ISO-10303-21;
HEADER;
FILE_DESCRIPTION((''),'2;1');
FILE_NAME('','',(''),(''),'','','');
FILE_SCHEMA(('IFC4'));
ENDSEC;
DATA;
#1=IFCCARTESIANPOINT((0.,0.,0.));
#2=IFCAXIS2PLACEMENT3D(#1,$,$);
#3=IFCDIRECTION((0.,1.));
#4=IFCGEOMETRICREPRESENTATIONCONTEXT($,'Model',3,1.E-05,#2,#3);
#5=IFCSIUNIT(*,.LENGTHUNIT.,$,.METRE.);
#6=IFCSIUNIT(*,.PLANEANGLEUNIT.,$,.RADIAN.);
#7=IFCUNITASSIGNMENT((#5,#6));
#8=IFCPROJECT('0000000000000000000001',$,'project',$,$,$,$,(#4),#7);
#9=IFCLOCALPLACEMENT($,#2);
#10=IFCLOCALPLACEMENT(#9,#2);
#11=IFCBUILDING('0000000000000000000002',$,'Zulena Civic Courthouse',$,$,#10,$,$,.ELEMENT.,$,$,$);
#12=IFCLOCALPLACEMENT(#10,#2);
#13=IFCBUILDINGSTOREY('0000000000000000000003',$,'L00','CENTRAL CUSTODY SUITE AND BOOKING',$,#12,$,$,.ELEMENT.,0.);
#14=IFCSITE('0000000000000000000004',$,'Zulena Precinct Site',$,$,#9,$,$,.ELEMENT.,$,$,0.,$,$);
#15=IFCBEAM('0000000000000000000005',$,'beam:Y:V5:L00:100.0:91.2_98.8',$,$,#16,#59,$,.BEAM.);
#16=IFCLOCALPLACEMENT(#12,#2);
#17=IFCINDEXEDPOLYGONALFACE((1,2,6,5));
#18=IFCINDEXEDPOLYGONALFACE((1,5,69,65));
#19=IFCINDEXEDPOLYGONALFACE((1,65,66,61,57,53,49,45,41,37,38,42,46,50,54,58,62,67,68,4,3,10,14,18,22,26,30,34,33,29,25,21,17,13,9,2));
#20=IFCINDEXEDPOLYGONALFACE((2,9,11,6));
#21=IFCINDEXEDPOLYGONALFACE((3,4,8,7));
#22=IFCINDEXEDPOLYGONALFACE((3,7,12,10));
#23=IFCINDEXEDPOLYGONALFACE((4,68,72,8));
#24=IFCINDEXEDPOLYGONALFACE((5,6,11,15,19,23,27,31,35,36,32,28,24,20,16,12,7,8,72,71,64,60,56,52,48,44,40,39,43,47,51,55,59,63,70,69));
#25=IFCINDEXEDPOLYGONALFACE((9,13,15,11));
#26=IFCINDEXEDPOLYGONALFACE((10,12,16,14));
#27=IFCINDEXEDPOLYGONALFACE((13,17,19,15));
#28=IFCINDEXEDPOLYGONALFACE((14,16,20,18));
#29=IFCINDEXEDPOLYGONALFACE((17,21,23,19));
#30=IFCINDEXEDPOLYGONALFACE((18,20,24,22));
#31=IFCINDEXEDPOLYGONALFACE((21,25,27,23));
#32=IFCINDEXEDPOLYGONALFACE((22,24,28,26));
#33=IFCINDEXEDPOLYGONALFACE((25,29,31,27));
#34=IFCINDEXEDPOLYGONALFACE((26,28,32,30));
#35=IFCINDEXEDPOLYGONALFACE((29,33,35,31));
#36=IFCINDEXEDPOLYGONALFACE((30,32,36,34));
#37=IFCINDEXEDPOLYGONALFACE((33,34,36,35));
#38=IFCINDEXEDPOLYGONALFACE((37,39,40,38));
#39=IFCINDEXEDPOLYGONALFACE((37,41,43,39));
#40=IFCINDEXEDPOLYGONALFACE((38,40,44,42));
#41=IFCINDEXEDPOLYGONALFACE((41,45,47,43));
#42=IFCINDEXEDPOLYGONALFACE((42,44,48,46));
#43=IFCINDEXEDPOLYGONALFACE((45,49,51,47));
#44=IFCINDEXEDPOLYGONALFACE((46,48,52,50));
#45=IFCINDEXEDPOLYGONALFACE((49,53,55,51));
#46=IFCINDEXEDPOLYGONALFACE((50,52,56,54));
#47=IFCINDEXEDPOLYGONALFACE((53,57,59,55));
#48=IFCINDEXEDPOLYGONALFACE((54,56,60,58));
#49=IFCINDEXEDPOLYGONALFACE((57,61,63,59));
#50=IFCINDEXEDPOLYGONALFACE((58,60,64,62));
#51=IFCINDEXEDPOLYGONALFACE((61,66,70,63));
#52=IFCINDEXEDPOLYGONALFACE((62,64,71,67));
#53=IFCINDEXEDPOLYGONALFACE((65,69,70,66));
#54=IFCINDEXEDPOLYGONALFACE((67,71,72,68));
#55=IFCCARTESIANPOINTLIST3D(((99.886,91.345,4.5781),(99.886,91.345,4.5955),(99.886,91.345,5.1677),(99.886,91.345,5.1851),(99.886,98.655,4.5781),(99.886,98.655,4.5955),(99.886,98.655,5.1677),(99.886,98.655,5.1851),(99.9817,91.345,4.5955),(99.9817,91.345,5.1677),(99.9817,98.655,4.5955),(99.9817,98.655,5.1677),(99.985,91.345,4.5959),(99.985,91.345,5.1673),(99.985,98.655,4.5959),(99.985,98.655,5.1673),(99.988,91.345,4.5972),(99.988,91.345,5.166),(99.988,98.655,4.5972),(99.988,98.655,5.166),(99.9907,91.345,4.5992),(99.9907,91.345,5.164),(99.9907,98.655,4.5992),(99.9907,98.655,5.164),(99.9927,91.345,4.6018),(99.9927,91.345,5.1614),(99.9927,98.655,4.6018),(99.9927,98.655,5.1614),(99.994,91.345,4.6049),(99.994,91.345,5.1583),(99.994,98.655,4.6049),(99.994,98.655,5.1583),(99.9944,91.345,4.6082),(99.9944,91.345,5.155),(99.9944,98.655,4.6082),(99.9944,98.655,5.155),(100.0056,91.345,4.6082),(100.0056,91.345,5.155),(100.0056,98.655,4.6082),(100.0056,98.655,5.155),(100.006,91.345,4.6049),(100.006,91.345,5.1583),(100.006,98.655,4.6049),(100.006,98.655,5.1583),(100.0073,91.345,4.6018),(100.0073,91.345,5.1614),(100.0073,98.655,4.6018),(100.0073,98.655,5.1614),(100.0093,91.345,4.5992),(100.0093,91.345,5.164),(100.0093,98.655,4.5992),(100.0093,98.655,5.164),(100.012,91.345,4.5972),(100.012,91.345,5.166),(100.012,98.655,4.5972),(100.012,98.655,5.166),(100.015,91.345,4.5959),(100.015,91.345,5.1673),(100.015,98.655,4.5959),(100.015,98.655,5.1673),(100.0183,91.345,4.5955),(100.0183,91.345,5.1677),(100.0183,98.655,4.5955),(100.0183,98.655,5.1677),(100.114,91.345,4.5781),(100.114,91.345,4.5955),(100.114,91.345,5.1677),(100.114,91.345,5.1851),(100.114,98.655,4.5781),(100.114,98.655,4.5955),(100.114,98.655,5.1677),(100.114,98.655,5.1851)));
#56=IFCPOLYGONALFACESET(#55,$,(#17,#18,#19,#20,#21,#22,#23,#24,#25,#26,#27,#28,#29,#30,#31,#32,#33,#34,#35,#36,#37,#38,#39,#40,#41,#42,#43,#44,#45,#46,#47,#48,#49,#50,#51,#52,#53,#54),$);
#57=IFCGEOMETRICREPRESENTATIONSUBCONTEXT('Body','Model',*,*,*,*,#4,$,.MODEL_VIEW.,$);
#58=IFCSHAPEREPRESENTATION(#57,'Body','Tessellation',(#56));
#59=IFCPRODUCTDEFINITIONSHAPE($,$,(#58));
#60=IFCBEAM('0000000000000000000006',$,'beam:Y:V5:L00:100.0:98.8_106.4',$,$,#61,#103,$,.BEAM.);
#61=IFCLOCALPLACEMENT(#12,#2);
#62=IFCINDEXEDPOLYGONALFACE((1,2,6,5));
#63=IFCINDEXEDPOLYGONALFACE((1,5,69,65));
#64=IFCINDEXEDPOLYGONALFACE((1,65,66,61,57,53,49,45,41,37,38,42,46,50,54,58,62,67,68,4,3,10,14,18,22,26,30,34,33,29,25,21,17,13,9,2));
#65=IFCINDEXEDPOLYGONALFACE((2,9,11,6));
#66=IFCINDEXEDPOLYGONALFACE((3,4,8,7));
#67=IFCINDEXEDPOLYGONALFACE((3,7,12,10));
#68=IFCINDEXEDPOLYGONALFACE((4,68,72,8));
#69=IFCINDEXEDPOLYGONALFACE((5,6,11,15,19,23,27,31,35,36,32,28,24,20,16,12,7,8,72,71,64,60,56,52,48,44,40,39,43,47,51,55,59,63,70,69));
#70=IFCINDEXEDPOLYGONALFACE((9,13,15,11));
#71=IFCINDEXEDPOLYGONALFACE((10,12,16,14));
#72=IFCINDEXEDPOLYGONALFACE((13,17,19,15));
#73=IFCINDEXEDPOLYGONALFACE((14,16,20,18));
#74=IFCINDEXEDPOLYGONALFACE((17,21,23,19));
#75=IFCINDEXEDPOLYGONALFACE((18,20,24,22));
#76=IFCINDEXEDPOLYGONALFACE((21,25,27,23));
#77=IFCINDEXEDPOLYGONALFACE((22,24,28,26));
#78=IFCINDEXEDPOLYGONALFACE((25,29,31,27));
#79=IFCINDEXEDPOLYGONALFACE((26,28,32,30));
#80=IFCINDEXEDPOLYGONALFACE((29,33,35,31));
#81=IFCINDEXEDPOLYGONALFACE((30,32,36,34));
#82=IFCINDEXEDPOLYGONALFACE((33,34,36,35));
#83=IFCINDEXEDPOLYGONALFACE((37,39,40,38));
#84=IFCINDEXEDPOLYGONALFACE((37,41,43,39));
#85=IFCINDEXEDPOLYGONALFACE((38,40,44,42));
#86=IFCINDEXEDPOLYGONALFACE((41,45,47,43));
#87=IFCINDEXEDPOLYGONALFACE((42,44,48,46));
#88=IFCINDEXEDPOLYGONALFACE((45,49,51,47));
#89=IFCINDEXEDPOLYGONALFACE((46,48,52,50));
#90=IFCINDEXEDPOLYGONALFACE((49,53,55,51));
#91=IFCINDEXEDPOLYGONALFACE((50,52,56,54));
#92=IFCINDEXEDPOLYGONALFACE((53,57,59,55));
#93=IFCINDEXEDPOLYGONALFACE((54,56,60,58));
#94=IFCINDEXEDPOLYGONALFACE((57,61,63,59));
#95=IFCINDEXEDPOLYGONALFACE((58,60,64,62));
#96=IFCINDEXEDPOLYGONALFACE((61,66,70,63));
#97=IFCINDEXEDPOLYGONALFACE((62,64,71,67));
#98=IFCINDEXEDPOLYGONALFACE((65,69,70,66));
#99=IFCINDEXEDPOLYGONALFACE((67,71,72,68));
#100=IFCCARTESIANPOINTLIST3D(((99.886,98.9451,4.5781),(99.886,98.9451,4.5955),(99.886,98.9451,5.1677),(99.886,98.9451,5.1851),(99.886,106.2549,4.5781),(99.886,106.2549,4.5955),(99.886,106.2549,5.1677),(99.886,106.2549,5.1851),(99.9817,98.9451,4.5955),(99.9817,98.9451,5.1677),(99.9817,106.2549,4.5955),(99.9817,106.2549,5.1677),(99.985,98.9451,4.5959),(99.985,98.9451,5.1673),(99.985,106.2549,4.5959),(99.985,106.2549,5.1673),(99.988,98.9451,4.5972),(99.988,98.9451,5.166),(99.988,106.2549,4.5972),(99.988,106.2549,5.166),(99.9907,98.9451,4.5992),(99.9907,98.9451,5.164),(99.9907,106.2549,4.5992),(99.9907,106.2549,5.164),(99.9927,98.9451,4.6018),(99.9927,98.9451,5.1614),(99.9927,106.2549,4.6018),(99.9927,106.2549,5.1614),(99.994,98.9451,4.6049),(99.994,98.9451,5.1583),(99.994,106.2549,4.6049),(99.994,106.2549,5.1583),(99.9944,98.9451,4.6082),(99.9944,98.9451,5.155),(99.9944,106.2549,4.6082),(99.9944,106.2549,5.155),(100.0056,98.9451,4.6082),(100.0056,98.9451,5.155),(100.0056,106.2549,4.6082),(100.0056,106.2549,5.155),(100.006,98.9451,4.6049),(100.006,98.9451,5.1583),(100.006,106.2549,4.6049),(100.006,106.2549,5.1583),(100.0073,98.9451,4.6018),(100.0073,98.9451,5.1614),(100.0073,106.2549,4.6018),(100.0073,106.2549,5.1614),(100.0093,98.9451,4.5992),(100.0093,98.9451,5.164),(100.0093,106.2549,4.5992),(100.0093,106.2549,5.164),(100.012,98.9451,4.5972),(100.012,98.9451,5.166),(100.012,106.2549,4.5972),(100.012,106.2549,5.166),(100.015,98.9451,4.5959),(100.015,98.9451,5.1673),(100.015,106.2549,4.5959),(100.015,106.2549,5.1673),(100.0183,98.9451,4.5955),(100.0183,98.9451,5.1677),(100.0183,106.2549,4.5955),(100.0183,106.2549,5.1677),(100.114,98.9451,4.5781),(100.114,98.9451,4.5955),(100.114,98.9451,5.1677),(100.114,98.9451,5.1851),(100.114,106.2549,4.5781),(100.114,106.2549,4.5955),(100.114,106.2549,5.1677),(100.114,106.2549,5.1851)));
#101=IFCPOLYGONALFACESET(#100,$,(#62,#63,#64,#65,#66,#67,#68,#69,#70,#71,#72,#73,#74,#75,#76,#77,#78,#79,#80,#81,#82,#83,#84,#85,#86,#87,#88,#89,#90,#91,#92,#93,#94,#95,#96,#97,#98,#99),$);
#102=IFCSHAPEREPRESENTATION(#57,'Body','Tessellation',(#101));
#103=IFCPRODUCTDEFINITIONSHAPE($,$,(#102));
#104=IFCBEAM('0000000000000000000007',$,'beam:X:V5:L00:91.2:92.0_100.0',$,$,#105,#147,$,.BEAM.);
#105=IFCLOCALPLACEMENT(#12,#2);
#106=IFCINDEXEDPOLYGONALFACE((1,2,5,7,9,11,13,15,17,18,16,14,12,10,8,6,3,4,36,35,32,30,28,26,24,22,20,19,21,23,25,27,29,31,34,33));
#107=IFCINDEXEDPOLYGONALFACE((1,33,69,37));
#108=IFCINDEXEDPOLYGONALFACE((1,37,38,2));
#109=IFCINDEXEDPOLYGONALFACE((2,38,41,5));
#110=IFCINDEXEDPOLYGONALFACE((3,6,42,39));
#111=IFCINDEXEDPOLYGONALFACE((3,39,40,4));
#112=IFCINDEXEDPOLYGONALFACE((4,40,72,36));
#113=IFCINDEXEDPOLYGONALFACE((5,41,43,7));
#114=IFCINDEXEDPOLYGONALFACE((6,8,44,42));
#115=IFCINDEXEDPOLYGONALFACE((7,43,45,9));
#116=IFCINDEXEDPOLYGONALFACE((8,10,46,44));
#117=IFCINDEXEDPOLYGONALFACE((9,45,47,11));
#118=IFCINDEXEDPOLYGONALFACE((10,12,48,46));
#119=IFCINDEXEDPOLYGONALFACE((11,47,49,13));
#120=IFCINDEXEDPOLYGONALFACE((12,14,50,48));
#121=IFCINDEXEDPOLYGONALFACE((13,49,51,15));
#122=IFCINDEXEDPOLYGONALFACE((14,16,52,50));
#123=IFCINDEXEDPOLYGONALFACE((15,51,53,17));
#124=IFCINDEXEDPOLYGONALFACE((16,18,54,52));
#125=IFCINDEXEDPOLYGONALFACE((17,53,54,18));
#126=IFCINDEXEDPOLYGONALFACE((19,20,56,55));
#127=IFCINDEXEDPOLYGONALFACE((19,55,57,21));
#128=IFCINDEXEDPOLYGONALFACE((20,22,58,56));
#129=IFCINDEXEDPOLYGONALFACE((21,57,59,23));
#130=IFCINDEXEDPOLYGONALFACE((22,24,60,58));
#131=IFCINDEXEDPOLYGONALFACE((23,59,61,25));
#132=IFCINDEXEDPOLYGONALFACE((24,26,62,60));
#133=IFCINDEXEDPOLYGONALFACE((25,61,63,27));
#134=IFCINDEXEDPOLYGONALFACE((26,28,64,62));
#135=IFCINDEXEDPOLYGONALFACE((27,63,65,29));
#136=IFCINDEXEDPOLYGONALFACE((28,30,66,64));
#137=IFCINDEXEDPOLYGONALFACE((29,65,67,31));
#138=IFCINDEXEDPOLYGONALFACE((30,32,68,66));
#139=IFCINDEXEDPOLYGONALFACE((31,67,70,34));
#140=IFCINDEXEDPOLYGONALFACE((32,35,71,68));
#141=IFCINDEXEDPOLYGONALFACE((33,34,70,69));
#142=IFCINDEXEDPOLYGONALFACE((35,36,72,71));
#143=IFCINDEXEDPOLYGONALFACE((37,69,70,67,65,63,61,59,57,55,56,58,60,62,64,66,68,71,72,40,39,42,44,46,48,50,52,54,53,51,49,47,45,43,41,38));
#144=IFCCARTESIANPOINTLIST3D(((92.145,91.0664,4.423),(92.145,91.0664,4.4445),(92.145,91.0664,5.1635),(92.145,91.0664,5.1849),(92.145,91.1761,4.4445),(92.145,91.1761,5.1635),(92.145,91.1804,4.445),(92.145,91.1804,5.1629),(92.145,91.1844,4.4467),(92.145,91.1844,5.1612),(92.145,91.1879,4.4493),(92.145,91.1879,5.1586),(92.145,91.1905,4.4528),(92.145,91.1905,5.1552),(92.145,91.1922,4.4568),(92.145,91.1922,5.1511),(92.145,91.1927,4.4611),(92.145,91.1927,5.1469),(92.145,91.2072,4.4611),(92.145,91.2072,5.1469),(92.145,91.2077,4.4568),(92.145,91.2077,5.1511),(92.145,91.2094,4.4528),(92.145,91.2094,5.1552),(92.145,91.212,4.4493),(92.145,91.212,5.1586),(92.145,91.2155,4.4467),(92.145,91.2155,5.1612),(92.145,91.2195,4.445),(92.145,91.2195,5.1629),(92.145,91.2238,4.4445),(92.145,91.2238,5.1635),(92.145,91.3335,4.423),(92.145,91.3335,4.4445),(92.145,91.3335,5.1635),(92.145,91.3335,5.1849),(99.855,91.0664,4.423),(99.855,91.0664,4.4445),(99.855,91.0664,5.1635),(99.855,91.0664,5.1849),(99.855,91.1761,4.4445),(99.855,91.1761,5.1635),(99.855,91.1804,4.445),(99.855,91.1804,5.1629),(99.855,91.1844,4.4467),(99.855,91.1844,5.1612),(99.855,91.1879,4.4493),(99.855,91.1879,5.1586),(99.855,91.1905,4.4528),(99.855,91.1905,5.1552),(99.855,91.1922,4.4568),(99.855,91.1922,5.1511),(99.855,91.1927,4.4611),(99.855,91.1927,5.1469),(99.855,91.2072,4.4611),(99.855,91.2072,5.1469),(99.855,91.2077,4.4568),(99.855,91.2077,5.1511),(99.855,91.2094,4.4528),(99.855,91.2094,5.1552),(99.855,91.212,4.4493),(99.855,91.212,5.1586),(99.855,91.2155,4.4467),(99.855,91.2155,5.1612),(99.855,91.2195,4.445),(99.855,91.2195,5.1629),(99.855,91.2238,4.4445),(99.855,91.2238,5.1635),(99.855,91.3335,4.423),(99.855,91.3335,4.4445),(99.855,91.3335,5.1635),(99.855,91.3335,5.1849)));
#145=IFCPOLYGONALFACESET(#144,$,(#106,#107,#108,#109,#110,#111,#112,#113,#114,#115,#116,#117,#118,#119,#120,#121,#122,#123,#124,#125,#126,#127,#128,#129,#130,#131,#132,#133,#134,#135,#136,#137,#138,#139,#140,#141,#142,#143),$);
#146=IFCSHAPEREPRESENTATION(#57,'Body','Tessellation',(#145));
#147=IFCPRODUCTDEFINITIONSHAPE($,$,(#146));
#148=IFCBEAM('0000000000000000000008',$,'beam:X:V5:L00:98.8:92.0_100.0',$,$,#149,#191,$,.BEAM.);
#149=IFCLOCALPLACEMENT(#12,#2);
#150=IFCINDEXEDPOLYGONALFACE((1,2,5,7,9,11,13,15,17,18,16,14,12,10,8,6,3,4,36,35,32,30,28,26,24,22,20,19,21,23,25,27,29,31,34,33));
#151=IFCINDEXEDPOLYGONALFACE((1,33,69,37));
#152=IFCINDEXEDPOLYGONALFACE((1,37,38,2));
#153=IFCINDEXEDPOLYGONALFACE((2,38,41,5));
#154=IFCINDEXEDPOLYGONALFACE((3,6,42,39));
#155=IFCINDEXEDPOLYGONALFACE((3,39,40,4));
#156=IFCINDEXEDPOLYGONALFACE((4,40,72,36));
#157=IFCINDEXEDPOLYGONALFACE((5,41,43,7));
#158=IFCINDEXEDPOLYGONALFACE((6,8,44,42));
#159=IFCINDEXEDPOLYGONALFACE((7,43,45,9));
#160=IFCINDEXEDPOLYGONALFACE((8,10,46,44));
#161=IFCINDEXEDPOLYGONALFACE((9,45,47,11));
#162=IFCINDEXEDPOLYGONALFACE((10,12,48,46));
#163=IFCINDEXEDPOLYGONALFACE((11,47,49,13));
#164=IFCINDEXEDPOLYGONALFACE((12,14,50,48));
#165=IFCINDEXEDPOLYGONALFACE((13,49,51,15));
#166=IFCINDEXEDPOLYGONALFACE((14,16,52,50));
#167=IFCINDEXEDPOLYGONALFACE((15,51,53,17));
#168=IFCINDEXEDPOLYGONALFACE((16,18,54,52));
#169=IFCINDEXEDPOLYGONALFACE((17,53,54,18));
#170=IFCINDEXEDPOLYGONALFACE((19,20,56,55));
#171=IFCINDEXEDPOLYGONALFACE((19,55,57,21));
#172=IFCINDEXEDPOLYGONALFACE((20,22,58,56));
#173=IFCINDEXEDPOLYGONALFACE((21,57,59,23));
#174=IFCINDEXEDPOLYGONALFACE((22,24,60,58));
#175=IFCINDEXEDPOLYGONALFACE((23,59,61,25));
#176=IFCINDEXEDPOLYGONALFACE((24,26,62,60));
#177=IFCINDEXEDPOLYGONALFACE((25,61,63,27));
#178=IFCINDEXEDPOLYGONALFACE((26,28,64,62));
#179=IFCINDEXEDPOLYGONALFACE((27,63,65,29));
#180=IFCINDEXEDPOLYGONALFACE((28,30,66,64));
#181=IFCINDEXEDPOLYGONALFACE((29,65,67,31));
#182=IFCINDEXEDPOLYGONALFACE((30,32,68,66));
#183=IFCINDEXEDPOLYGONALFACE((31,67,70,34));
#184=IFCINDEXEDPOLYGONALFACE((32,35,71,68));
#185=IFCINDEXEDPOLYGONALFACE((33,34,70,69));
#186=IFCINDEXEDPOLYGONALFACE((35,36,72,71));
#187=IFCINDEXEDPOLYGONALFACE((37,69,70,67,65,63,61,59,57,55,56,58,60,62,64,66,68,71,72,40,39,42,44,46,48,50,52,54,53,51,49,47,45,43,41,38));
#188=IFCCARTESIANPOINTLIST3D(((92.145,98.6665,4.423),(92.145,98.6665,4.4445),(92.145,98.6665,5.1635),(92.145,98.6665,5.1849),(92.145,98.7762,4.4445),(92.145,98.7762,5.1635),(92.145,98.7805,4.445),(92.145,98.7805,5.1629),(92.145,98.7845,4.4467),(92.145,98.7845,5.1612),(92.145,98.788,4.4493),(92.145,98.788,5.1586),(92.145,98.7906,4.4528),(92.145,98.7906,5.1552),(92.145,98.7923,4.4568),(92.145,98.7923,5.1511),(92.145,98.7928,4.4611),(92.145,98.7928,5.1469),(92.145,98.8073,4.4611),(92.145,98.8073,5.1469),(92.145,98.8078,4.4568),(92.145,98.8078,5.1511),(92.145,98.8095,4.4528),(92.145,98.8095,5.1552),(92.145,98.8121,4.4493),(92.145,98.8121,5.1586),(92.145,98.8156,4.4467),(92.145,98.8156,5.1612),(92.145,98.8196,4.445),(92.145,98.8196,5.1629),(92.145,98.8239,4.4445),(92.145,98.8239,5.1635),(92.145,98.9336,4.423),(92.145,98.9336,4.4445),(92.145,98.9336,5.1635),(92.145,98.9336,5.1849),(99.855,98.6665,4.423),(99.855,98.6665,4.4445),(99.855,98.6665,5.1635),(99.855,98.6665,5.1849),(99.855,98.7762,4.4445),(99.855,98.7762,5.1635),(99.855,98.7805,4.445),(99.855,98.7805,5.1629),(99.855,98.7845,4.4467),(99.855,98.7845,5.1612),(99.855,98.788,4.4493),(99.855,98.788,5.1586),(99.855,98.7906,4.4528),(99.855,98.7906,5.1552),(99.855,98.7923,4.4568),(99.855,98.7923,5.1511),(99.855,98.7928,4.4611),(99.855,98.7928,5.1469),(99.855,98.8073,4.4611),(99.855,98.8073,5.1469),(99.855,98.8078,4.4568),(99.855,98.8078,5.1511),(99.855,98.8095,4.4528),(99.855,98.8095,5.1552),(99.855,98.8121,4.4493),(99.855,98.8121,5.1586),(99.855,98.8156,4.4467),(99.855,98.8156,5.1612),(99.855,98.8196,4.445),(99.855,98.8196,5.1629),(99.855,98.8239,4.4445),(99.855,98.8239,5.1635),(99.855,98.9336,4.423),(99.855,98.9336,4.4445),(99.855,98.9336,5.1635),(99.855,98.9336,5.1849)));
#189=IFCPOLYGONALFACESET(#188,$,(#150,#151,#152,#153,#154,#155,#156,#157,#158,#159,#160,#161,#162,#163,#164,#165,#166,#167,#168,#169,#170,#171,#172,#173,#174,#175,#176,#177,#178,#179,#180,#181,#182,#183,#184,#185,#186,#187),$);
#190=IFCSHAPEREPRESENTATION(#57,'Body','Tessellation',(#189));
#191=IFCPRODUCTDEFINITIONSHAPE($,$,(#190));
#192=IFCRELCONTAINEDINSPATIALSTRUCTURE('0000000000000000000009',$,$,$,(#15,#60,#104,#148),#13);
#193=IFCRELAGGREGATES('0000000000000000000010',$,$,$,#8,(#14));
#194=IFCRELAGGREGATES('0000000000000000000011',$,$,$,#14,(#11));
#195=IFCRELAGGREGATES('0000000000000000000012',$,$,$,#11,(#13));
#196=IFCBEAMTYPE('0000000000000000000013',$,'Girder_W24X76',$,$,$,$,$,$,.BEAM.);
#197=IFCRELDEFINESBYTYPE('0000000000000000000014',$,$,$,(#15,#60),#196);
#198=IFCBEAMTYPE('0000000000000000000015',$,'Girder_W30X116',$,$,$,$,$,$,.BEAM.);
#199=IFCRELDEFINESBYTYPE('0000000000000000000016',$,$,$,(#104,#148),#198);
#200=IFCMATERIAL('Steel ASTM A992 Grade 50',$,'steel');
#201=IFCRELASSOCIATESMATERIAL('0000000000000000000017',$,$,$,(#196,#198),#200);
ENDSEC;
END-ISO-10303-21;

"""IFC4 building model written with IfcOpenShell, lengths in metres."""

from ifc_helpers import new_model, si_unit, direction, frame, origin, origin_2d, place, context, subcontext, project, spatial, i_section, extrude, material, material_profile, profile_set, type_object, element, save


model = new_model("IFC4")

# Units and contexts
model_context = context("Model", 3, precision=1e-05, world=origin(), true_north=direction((0.0, 1.0)))
body_context = subcontext(model_context, "Body", "Model", "MODEL_VIEW")
ifc_project = project(units=[si_unit("LENGTHUNIT", "METRE"), si_unit("PLANEANGLEUNIT", "RADIAN")], contexts=[model_context])

# Site, building, storey
site_placement = place(None, origin())
site = spatial("IfcSite", under=ifc_project, at=site_placement, Name="Zulena Precinct Site", CompositionType="ELEMENT", RefElevation=0.0)
building_placement = place(site_placement, origin())
building = spatial("IfcBuilding", under=site, at=building_placement, Name="Zulena Civic Courthouse", CompositionType="ELEMENT")
storey_placement = place(building_placement, origin())
storey = spatial("IfcBuildingStorey", under=building, at=storey_placement, Name="L00", Description="CENTRAL CUSTODY SUITE AND BOOKING", CompositionType="ELEMENT", Elevation=0.0)

# Shared definitions
ifc_material_1 = material(Name="Steel ASTM A992 Grade 50", Category="steel")

# Beams
ifc_material_profile_1 = material_profile(ifc_material_1, i_section(OverallWidth=0.228, OverallDepth=0.6069, WebThickness=0.0112, FlangeThickness=0.0173, FilletRadius=0.0127, at=origin_2d()), Name="W24X76")
ifc_profile_set_1 = profile_set([ifc_material_profile_1], Name="Steel ASTM A992 Grade 50")
beam_type_1 = type_object("IfcBeamType", Name="Girder_W24X76", PredefinedType="BEAM", material=ifc_profile_set_1)
beam_1_placement = place(storey_placement, frame((100.0, 91.345, 4.8816), z_axis=(0.0, 1.0, 0.0), x_axis=(-1.0, 0.0, 0.0)))
element("IfcBeam", 1, at=beam_1_placement, inside=storey, type_object=beam_type_1, Name="beam:Y:V5:L00:100.0:91.2_98.8", PredefinedType="BEAM", context=body_context, shape_type="SweptSolid", body=[
    extrude(i_section(OverallWidth=0.228, OverallDepth=0.6069, WebThickness=0.0112, FlangeThickness=0.0173, FilletRadius=0.0127, at=origin_2d()), origin(), (0.0, 0.0, 1.0), 7.3101),
])
beam_2_placement = place(storey_placement, frame((100.0, 98.9451, 4.8816), z_axis=(0.0, 1.0, 0.0), x_axis=(-1.0, 0.0, 0.0)))
element("IfcBeam", 2, at=beam_2_placement, inside=storey, type_object=beam_type_1, Name="beam:Y:V5:L00:100.0:98.8_106.4", PredefinedType="BEAM", context=body_context, shape_type="SweptSolid", body=[
    extrude(i_section(OverallWidth=0.228, OverallDepth=0.6069, WebThickness=0.0112, FlangeThickness=0.0173, FilletRadius=0.0127, at=origin_2d()), origin(), (0.0, 0.0, 1.0), 7.3098),
])
ifc_material_profile_2 = material_profile(ifc_material_1, i_section(OverallWidth=0.2671, OverallDepth=0.762, WebThickness=0.0144, FlangeThickness=0.0215, FilletRadius=0.0166, at=origin_2d()), Name="W30X116")
ifc_profile_set_2 = profile_set([ifc_material_profile_2], Name="Steel ASTM A992 Grade 50")
beam_type_2 = type_object("IfcBeamType", Name="Girder_W30X116", PredefinedType="BEAM", material=ifc_profile_set_2)
for number, where, z_axis, x_axis, name in (
    (3, (92.145, 91.2, 4.804), (1.0, 0.0, 0.0), (0.0, 1.0, 0.0), "beam:X:V5:L00:91.2:92.0_100.0"),
    (4, (92.145, 98.8, 4.804), (1.0, 0.0, 0.0), (0.0, 1.0, 0.0), "beam:X:V5:L00:98.8:92.0_100.0"),
):
    element("IfcBeam", number, at=place(storey_placement, frame(where, z_axis=z_axis, x_axis=x_axis)), inside=storey, type_object=beam_type_2, Name=name, PredefinedType="BEAM", context=body_context, shape_type="SweptSolid", body=[
        extrude(i_section(OverallWidth=0.2671, OverallDepth=0.762, WebThickness=0.0144, FlangeThickness=0.0215, FilletRadius=0.0166, at=origin_2d()), origin(), (0.0, 0.0, 1.0), 7.71),
    ])

save(model, "model.ifc")
